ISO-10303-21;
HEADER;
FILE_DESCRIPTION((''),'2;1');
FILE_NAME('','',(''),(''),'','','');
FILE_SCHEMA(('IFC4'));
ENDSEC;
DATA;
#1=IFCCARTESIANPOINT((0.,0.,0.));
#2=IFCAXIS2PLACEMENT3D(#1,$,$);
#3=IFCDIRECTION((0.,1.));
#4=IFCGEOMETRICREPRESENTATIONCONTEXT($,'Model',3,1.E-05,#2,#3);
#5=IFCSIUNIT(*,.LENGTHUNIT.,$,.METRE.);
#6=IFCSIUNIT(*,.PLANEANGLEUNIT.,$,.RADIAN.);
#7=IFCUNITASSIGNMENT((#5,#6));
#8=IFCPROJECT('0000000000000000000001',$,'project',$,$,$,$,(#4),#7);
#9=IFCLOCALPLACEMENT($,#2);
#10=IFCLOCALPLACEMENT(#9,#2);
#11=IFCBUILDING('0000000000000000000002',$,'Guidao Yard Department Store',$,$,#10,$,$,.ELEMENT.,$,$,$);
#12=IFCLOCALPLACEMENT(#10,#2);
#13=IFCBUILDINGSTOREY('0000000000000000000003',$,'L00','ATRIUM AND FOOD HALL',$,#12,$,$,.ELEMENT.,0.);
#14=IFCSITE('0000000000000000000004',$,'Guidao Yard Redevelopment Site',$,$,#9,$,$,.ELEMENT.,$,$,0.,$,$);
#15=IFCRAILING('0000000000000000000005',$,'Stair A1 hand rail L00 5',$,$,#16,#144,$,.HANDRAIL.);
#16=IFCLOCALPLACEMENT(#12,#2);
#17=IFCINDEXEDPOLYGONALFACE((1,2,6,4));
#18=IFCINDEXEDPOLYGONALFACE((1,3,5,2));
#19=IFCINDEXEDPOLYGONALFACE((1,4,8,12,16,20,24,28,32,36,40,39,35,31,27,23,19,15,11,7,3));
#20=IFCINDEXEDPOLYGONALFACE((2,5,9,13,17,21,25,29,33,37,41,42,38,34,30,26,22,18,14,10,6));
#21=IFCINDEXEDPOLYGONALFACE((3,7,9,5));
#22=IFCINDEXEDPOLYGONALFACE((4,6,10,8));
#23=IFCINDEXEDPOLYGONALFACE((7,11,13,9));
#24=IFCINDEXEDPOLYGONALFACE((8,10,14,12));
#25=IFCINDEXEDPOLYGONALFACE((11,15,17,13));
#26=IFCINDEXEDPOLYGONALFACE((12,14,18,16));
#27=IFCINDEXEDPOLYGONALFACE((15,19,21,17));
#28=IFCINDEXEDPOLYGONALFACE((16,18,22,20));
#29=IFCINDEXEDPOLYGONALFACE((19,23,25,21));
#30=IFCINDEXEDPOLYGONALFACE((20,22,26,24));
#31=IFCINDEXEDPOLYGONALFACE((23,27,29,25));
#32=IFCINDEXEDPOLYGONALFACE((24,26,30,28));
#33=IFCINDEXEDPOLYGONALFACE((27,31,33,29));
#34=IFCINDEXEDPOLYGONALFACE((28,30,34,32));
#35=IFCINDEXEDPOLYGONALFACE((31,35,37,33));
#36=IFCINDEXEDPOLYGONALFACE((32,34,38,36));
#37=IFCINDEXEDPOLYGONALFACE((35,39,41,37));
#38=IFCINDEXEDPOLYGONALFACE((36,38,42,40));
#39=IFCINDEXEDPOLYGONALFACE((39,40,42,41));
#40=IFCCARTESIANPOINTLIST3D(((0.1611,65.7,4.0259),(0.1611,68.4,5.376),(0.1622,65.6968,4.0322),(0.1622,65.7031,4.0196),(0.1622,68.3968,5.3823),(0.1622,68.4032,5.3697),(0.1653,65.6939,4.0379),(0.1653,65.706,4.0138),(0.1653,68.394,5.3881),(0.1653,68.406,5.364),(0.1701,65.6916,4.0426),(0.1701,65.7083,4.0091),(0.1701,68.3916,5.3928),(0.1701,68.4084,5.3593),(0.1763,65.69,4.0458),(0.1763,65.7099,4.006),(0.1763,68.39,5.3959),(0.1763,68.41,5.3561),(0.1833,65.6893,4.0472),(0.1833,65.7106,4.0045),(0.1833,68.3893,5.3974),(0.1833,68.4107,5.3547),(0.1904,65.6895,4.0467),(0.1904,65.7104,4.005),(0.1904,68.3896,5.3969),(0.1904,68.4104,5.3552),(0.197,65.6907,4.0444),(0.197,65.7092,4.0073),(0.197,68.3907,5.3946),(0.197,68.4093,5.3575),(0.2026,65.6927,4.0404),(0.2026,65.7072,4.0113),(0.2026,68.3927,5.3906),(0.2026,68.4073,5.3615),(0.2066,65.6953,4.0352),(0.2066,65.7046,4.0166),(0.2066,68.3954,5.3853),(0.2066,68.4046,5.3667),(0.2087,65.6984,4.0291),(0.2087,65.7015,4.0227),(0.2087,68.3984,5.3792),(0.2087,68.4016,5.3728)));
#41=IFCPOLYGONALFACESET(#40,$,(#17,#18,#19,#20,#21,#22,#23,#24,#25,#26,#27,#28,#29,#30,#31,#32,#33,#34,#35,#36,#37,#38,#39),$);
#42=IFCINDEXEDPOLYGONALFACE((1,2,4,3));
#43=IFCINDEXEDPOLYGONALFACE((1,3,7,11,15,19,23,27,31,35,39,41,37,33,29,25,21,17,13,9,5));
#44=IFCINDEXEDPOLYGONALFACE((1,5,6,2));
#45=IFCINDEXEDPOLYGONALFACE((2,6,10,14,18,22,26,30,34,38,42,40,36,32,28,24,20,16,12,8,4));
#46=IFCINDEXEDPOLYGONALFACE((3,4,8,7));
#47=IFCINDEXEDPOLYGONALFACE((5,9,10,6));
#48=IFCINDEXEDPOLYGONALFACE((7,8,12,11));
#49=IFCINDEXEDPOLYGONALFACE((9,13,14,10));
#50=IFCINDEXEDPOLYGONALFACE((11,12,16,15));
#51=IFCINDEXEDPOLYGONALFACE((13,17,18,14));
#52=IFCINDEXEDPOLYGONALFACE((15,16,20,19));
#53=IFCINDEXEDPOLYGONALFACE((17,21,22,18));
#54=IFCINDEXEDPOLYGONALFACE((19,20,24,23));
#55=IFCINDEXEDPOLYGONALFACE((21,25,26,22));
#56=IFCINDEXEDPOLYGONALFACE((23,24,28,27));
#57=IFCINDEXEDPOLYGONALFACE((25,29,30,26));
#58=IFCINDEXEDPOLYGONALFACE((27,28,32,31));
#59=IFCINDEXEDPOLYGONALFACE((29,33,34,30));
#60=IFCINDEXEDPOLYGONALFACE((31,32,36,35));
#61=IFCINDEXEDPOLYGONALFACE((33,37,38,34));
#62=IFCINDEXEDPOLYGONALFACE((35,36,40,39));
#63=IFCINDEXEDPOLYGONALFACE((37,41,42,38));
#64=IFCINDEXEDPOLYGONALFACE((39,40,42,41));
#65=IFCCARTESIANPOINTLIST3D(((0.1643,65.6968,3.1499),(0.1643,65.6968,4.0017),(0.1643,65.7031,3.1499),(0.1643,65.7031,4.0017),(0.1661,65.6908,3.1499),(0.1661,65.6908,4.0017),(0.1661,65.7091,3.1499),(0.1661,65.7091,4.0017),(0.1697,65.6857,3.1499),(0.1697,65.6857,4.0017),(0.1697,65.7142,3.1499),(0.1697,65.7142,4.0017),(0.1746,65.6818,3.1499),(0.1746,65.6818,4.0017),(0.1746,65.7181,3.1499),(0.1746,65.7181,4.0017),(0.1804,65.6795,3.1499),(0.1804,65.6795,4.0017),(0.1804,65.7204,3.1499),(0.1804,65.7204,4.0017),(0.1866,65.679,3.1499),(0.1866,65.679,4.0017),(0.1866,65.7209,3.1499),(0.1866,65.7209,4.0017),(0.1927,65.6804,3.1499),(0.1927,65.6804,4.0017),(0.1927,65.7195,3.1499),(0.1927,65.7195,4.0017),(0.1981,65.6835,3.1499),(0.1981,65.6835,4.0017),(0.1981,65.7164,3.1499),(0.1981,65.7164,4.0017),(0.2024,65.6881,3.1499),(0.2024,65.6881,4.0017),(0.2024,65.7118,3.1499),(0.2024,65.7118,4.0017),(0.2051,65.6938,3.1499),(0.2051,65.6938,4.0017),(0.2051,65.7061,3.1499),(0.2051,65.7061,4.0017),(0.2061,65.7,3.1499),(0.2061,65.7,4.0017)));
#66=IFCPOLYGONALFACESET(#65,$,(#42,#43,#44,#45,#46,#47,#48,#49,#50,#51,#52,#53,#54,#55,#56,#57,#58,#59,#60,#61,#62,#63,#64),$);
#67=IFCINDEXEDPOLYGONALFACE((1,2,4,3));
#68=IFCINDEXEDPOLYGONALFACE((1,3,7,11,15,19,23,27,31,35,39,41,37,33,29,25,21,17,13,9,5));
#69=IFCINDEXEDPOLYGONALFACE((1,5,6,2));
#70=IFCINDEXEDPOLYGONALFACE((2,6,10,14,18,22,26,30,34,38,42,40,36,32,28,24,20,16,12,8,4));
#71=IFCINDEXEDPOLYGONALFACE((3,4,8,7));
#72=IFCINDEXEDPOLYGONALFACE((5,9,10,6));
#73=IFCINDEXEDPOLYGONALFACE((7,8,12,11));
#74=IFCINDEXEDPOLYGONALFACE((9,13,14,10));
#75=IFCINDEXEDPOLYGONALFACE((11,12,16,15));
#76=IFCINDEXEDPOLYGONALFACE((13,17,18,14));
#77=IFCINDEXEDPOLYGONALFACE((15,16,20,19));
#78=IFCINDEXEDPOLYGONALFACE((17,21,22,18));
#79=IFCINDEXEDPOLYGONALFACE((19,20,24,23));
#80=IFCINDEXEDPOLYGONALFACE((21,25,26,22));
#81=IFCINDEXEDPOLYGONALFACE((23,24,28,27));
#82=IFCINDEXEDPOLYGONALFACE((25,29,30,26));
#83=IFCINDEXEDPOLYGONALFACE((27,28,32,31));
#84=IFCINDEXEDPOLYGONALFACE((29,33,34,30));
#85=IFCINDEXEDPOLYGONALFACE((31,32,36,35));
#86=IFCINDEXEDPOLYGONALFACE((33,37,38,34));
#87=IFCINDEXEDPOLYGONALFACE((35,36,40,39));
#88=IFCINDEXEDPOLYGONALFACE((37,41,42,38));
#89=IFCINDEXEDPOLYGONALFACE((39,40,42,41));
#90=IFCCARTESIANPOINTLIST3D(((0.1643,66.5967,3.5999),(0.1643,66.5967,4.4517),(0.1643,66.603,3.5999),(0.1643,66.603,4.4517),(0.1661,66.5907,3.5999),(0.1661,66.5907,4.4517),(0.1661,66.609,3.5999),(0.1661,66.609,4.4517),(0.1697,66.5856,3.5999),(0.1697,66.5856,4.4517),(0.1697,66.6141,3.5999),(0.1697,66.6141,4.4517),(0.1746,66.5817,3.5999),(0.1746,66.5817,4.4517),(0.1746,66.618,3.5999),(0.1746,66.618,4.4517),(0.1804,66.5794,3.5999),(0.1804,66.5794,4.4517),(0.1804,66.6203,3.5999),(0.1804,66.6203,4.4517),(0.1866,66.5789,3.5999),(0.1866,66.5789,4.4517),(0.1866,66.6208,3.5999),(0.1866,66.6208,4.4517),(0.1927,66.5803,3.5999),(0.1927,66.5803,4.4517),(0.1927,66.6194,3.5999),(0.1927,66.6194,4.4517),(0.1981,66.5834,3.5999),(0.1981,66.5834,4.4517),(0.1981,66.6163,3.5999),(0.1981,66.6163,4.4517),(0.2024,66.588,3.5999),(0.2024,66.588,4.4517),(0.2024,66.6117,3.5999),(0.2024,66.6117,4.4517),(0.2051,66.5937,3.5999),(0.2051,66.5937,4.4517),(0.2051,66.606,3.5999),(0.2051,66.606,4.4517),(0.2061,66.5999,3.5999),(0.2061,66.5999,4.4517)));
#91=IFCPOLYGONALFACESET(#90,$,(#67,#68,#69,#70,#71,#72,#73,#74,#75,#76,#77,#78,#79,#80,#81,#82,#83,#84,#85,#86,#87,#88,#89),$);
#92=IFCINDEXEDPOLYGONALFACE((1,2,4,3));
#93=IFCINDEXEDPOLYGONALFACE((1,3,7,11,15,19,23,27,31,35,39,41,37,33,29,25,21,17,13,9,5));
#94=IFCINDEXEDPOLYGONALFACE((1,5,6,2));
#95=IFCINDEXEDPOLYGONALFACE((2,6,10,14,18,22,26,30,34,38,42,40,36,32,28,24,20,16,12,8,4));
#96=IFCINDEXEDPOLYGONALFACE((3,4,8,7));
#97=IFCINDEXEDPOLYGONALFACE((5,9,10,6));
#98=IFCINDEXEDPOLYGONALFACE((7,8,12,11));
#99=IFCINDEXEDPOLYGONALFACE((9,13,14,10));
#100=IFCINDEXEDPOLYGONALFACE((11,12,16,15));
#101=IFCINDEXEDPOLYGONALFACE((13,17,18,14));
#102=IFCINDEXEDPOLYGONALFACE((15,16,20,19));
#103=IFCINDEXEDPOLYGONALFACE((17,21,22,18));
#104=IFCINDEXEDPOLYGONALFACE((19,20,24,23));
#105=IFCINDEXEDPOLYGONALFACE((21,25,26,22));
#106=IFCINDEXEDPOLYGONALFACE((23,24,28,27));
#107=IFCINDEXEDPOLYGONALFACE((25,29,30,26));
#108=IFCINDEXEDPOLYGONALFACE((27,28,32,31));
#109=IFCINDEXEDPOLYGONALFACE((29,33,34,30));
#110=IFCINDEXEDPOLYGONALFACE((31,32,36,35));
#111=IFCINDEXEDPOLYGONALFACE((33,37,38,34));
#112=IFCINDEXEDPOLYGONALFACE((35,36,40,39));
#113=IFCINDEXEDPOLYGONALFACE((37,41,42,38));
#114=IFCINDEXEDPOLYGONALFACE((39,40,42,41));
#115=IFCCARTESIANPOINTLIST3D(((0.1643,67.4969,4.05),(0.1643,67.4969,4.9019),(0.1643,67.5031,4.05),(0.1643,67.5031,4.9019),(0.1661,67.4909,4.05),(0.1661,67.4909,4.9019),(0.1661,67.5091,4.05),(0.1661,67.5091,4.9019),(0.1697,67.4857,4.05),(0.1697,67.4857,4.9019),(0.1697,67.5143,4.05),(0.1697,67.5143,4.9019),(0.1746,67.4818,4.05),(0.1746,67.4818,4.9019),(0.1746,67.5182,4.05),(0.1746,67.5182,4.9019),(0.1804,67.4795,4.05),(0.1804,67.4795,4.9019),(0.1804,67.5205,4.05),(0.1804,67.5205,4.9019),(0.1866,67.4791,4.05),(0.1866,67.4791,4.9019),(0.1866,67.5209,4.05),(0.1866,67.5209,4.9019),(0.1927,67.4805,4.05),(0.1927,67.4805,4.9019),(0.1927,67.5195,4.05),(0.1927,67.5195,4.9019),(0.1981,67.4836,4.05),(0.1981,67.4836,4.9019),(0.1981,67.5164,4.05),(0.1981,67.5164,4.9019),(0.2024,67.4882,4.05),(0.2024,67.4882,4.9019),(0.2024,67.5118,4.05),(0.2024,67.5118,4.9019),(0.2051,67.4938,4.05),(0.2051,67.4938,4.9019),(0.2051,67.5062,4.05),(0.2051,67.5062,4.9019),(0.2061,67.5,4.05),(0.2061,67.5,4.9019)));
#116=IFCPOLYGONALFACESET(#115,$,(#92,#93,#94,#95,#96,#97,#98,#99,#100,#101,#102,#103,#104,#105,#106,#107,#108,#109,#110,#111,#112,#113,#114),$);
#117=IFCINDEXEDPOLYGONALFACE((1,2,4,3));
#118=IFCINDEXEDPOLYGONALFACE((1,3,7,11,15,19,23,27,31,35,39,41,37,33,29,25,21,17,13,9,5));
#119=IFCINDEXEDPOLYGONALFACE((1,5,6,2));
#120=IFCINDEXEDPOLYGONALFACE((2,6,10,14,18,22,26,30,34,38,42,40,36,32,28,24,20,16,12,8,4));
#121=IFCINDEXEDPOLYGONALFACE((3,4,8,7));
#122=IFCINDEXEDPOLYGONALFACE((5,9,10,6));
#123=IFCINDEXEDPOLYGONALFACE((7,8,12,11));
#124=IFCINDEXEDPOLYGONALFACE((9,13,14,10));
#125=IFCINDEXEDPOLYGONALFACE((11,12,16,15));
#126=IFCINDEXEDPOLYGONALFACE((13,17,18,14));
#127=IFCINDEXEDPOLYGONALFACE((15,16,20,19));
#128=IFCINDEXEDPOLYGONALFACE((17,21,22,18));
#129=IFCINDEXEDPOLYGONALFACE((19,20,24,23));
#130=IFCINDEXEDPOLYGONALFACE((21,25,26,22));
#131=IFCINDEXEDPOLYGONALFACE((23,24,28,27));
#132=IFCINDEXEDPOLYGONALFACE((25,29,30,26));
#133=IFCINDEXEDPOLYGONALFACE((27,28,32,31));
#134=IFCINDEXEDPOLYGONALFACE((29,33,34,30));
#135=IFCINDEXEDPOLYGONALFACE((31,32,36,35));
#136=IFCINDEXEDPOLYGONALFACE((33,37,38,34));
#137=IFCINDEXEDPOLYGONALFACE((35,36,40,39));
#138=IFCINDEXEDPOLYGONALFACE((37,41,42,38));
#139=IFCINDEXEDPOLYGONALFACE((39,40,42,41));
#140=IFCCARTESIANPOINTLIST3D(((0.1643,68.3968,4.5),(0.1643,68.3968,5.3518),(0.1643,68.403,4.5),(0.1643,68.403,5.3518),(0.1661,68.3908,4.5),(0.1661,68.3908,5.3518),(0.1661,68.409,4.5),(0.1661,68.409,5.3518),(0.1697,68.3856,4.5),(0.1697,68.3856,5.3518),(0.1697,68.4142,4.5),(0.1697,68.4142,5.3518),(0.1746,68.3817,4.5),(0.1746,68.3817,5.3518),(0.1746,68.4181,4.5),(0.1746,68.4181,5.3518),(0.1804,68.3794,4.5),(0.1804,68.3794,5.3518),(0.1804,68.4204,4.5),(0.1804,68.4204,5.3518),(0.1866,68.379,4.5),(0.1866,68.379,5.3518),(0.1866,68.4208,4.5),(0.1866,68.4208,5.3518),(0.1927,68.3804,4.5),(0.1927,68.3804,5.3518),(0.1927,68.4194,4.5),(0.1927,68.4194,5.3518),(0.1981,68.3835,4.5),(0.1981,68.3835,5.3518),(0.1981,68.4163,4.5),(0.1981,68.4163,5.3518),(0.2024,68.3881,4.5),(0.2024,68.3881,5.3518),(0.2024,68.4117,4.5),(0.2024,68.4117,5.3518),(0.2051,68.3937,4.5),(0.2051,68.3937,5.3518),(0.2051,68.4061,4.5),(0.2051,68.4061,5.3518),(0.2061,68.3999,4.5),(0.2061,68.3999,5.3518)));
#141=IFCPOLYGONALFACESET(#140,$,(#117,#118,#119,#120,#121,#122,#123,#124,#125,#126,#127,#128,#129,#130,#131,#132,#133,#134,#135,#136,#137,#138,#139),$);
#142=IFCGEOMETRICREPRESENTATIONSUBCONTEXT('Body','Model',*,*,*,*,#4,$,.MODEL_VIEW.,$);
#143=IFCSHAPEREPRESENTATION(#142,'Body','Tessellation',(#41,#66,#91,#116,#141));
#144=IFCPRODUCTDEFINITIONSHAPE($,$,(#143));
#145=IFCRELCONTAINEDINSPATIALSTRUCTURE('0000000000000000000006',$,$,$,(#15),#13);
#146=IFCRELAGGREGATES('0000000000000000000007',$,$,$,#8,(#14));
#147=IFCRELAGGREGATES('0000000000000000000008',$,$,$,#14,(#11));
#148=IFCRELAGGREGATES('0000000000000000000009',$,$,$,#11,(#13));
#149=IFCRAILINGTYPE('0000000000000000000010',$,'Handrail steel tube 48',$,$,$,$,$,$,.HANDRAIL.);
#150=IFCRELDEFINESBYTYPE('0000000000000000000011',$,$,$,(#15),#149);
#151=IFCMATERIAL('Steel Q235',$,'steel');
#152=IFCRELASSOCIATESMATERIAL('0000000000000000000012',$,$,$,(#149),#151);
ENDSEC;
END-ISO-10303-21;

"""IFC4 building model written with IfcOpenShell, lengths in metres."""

from ifc_helpers import new_model, si_unit, direction, frame, origin, origin_2d, place, context, subcontext, project, spatial, circle, extrude, material, type_object, element, save


model = new_model("IFC4")

# Units and contexts
model_context = context("Model", 3, precision=1e-05, world=origin(), true_north=direction((0.0, 1.0)))
body_context = subcontext(model_context, "Body", "Model", "MODEL_VIEW")
ifc_project = project(units=[si_unit("LENGTHUNIT", "METRE"), si_unit("PLANEANGLEUNIT", "RADIAN")], contexts=[model_context])

# Site, building, storey
site_placement = place(None, origin())
site = spatial("IfcSite", under=ifc_project, at=site_placement, Name="Guidao Yard Redevelopment Site", CompositionType="ELEMENT", RefElevation=0.0)
building_placement = place(site_placement, origin())
building = spatial("IfcBuilding", under=site, at=building_placement, Name="Guidao Yard Department Store", CompositionType="ELEMENT")
storey_placement = place(building_placement, origin())
storey = spatial("IfcBuildingStorey", under=building, at=storey_placement, Name="L00", Description="ATRIUM AND FOOD HALL", CompositionType="ELEMENT", Elevation=0.0)

# Railing
ifc_material_1 = material(Name="Steel Q235", Category="steel")
railing_type = type_object("IfcRailingType", Name="Handrail steel tube 48", PredefinedType="HANDRAIL", material=ifc_material_1)
for number, where, name in (
    (1, (0.1851, 65.7, 3.1499), "Stair A1 hand rail L00 5"),
):
    element("IfcRailing", number, at=place(storey_placement, frame(where)), inside=storey, type_object=railing_type, Name=name, PredefinedType="HANDRAIL", context=body_context, shape_type="SweptSolid", body=[
        extrude(circle(Radius=0.0239, at=origin_2d()), frame((0.0, 0.0, 0.876), z_axis=(0.0, 0.894411, 0.447246), x_axis=(-1.0, 0.0, 0.0)), (0.0, 0.0, 1.0), 3.0188),
        extrude(circle(Radius=0.021, at=origin_2d()), origin(), (0.0, 0.0, 1.0), 0.8518),
        extrude(circle(Radius=0.021, at=origin_2d()), frame((0.0, 0.8999, 0.45)), (0.0, 0.0, 1.0), 0.8518),
        extrude(circle(Radius=0.021, at=origin_2d()), frame((0.0, 1.8, 0.9001)), (0.0, 0.0, 1.0), 0.8518),
        extrude(circle(Radius=0.021, at=origin_2d()), frame((0.0, 2.7, 1.3501)), (0.0, 0.0, 1.0), 0.8518),
    ])

save(model, "model.ifc")
